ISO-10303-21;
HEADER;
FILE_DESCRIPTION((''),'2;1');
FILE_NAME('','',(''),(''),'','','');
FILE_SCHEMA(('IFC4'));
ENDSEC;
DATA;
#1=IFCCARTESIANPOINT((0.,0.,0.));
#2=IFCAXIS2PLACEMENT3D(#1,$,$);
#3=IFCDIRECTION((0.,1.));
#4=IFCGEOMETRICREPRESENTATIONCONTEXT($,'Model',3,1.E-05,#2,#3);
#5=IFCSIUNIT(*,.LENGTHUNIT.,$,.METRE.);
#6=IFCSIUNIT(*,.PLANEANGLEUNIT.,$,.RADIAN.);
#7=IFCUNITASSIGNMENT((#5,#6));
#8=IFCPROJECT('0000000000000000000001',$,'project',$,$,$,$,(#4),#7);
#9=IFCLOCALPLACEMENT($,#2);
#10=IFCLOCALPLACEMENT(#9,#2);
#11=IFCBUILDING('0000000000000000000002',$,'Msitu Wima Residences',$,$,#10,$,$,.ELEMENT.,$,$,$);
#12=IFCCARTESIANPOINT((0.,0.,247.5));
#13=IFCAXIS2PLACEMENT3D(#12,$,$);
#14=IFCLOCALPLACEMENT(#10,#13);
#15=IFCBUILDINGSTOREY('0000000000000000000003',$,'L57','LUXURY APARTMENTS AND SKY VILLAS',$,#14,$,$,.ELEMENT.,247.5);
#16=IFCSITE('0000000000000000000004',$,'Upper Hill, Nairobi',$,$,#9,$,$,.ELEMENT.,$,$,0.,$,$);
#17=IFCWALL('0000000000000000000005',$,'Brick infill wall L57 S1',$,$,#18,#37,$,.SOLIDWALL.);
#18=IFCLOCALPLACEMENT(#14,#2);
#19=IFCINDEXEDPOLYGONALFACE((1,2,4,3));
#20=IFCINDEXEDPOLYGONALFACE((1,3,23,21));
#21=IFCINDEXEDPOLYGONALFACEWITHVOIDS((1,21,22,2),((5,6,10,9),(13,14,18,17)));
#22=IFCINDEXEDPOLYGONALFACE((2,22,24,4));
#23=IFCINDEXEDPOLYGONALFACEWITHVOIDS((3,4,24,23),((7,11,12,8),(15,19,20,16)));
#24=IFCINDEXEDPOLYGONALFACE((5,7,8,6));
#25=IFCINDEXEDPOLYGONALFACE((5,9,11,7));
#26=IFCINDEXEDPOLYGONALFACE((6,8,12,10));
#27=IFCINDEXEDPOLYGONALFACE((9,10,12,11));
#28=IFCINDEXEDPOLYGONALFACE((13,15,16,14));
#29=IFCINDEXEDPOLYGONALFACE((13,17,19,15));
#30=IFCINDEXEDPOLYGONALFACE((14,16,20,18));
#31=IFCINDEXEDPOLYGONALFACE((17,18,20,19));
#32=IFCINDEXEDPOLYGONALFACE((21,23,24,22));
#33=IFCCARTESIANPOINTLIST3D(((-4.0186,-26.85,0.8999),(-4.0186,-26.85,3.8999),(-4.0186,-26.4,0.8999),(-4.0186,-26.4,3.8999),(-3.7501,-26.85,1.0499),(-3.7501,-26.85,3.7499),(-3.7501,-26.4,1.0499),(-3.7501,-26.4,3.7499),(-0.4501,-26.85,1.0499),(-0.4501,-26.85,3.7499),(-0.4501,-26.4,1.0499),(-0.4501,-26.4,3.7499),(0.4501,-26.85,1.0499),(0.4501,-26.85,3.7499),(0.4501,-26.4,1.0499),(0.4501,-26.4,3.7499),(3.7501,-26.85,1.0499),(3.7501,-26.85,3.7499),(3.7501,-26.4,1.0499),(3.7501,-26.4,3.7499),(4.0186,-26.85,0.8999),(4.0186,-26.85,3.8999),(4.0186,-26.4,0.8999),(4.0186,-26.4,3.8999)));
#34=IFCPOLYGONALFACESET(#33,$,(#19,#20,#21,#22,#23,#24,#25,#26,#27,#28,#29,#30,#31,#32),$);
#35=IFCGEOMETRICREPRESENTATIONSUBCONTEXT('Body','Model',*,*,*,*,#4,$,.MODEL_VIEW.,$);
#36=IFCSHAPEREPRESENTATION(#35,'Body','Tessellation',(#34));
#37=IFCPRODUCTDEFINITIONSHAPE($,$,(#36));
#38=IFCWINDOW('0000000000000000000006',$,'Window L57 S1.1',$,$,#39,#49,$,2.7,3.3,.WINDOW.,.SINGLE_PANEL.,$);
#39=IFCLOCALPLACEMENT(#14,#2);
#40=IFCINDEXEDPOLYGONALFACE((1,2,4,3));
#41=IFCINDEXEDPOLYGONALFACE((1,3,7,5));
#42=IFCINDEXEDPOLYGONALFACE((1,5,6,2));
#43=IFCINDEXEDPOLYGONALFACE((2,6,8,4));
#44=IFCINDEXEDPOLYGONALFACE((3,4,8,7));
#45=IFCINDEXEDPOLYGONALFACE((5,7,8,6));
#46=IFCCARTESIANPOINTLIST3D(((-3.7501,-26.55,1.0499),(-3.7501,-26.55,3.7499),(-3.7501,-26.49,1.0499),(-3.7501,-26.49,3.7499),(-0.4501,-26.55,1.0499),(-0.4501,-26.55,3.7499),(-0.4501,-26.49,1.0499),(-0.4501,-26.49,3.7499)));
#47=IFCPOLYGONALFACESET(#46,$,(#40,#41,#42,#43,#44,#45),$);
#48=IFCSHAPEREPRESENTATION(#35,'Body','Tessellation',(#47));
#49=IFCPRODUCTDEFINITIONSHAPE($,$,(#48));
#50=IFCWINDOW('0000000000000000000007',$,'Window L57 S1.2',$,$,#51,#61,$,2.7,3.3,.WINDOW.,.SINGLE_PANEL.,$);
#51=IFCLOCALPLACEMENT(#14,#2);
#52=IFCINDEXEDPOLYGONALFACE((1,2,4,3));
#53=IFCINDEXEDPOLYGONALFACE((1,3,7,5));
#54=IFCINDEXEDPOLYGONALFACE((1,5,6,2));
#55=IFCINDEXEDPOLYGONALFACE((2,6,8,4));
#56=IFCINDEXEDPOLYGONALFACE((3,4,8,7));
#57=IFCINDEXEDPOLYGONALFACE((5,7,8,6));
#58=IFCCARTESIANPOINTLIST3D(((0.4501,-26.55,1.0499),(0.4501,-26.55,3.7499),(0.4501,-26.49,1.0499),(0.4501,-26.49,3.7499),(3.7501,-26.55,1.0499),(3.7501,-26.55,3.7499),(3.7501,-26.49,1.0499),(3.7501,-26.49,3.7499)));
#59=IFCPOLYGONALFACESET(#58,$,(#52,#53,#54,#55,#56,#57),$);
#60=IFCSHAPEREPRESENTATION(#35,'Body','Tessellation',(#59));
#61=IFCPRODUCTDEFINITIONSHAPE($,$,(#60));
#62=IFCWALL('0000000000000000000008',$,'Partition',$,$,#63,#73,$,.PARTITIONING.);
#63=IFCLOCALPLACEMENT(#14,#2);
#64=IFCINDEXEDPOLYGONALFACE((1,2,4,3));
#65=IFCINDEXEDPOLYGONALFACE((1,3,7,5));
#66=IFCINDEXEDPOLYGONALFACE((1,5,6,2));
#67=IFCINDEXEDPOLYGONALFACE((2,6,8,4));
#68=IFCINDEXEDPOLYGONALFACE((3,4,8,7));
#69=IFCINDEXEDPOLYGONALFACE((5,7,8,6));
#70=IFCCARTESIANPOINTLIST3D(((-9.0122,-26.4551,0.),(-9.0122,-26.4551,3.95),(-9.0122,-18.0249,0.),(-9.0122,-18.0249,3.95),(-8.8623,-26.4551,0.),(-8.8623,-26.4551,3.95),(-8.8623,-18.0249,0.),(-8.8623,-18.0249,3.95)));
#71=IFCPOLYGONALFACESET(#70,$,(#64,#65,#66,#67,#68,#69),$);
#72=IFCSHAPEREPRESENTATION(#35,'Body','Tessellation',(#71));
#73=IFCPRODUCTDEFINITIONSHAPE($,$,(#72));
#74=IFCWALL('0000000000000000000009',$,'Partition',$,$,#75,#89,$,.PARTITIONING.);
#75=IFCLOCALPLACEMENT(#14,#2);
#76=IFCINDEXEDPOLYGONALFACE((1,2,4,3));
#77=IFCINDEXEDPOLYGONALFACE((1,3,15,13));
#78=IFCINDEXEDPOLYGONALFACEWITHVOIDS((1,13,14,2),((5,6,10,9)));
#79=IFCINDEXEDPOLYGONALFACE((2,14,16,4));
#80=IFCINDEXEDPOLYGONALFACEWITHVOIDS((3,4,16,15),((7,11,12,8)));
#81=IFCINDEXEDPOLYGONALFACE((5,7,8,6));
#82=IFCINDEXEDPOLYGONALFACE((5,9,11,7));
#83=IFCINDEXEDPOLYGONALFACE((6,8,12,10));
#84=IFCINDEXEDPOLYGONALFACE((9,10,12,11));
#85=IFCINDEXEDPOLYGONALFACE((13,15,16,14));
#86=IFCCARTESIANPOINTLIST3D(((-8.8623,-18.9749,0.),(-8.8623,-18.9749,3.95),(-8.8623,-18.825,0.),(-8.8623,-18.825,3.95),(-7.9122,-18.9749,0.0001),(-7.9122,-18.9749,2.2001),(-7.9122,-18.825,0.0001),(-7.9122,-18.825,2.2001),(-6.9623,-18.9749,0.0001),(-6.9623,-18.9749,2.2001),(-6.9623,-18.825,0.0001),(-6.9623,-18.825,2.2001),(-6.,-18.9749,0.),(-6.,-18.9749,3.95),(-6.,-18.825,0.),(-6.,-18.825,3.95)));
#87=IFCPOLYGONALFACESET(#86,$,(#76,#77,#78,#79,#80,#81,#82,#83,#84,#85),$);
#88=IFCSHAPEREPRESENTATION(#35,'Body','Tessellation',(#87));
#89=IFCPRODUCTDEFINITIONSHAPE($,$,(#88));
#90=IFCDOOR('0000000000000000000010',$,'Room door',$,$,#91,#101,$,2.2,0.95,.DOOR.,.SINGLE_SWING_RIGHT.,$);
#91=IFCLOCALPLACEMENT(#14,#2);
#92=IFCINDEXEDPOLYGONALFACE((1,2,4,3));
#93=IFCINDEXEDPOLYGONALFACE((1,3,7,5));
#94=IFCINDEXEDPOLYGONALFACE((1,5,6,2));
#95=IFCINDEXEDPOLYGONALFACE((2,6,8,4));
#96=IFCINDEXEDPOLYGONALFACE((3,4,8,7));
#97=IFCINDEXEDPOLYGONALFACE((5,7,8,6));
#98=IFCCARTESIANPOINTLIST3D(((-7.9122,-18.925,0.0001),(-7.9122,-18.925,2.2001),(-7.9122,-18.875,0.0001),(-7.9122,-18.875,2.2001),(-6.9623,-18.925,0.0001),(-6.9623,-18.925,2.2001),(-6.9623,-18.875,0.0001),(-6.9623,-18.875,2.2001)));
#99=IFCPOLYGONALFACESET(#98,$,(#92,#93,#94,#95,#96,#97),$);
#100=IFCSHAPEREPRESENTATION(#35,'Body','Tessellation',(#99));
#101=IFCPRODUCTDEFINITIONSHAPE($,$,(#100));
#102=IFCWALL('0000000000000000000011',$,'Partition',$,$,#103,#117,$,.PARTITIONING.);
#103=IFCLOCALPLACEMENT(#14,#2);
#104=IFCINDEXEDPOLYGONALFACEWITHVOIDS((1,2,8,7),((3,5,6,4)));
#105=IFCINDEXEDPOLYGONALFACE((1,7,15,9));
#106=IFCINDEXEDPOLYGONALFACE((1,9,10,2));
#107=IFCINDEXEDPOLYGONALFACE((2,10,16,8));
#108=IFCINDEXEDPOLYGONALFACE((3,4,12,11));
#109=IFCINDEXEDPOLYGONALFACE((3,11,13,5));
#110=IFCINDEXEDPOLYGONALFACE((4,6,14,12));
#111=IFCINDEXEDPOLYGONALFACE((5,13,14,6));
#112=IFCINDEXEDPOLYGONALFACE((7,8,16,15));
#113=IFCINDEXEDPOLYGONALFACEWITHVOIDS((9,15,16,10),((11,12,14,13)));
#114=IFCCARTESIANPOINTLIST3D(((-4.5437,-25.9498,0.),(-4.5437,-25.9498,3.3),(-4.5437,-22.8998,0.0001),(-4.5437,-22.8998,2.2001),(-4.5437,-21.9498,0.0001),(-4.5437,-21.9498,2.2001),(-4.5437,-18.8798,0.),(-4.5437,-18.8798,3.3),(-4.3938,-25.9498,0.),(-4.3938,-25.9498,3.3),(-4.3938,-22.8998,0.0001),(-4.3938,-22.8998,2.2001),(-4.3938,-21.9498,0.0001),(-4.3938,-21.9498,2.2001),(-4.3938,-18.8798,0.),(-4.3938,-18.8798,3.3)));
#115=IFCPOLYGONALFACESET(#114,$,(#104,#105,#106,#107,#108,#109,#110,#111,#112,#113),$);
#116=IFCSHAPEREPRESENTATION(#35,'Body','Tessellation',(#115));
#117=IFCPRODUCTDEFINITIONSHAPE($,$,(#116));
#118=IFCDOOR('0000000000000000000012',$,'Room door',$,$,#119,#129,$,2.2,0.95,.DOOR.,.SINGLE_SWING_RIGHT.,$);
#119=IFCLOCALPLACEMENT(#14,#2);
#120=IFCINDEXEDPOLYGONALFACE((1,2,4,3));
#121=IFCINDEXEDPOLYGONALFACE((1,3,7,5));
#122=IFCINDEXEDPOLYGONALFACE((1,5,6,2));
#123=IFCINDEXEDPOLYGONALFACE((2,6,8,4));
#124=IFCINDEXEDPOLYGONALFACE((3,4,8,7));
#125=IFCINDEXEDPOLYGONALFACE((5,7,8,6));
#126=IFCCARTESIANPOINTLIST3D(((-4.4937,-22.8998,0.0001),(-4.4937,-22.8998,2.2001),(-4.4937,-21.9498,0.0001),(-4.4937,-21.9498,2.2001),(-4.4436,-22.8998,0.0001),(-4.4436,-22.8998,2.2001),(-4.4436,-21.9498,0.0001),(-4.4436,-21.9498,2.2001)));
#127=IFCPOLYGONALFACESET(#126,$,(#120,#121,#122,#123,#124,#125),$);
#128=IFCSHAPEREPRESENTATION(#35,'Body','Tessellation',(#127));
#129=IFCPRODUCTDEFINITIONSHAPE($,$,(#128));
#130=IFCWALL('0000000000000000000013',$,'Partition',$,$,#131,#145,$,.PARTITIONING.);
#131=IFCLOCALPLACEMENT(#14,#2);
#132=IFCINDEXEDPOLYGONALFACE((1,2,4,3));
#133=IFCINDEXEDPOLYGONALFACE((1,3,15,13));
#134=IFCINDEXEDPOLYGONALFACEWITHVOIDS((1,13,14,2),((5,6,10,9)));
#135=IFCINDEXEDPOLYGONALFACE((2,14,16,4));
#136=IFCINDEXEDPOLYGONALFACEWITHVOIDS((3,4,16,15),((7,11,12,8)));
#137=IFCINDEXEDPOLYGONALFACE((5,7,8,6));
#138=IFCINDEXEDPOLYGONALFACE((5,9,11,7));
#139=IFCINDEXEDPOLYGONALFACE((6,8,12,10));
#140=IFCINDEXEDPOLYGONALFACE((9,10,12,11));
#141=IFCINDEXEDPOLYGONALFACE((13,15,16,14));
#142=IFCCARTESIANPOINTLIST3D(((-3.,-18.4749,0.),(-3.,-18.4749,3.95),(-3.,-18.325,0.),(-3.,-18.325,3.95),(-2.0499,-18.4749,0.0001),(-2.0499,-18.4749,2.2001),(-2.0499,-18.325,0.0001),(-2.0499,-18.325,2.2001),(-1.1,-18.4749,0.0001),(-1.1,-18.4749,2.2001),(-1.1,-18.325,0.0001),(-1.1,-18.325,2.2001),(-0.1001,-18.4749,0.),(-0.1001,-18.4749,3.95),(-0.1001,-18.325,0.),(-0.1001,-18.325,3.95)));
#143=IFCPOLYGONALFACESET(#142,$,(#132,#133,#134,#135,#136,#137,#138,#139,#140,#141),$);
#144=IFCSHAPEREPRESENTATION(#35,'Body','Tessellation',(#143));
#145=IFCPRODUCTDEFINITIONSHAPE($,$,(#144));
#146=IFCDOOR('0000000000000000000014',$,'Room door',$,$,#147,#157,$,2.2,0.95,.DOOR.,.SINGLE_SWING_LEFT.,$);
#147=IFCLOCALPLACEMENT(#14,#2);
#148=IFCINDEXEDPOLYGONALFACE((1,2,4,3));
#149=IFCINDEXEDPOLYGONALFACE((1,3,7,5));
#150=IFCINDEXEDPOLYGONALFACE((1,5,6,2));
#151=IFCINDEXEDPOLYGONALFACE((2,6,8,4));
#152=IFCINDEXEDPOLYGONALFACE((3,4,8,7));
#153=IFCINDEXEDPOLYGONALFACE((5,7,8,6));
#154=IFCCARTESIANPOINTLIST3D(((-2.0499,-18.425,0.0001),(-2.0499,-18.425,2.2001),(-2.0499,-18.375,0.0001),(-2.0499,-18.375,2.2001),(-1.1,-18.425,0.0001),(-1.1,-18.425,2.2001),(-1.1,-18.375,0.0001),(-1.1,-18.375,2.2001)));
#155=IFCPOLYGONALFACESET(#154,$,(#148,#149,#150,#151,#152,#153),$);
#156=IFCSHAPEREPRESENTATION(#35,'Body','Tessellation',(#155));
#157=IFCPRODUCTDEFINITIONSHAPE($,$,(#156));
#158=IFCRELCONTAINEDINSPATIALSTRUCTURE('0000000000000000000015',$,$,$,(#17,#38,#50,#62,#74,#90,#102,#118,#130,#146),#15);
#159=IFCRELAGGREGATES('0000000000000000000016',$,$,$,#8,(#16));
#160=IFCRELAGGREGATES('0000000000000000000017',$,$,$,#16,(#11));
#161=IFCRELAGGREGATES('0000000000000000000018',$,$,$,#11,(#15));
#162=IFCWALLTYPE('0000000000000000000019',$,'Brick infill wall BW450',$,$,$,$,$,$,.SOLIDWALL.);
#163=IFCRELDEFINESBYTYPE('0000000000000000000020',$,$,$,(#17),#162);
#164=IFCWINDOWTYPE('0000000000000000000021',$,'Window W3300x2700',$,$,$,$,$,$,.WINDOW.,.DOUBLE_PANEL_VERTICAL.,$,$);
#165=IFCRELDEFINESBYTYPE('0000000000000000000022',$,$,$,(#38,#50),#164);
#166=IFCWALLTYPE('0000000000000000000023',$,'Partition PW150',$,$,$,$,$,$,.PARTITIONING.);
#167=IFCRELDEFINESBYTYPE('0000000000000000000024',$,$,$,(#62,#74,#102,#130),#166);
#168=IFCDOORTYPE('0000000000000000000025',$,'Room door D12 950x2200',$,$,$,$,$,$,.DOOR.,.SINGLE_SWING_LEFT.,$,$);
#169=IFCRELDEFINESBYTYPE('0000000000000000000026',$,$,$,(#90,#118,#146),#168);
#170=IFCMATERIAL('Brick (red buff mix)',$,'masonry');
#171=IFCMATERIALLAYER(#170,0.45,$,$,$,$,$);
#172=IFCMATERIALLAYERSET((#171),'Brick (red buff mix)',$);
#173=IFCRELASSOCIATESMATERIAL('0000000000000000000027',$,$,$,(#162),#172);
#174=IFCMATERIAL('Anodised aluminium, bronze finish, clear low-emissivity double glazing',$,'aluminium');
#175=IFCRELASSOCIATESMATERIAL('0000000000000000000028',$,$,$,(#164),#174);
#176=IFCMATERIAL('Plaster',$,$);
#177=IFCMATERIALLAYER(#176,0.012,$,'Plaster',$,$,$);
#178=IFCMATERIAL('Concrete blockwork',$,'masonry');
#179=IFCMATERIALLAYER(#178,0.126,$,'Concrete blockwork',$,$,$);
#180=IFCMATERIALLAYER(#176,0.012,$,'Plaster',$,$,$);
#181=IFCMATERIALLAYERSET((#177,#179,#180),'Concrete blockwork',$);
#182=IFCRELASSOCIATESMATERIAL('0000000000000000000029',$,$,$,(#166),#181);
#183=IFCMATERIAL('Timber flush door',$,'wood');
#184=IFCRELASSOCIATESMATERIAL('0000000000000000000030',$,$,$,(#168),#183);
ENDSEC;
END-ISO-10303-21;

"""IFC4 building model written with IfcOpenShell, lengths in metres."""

from ifc_helpers import new_model, si_unit, direction, frame, frame_2d, origin, place, context, subcontext, project, spatial, rectangle, extrude, material, layer, layer_set, type_object, element, fill, save


model = new_model("IFC4")

# Units and contexts
model_context = context("Model", 3, precision=1e-05, world=origin(), true_north=direction((0.0, 1.0)))
body_context = subcontext(model_context, "Body", "Model", "MODEL_VIEW")
ifc_project = project(units=[si_unit("LENGTHUNIT", "METRE"), si_unit("PLANEANGLEUNIT", "RADIAN")], contexts=[model_context])

# Site, building, storey
site_placement = place(None, origin())
site = spatial("IfcSite", under=ifc_project, at=site_placement, Name="Upper Hill, Nairobi", CompositionType="ELEMENT", RefElevation=0.0)
building_placement = place(site_placement, origin())
building = spatial("IfcBuilding", under=site, at=building_placement, Name="Msitu Wima Residences", CompositionType="ELEMENT")
storey_placement = place(building_placement, frame((0.0, 0.0, 247.5)))
storey = spatial("IfcBuildingStorey", under=building, at=storey_placement, Name="L57", Description="LUXURY APARTMENTS AND SKY VILLAS", CompositionType="ELEMENT", Elevation=247.5)

# Shared definitions
ifc_material_1 = material(Name="Brick (red buff mix)", Category="masonry")
ifc_layer_1 = layer(ifc_material_1, 0.45)
ifc_layer_set_1 = layer_set([ifc_layer_1], Name="Brick (red buff mix)")
wall_type_1 = type_object("IfcWallType", Name="Brick infill wall BW450", PredefinedType="SOLIDWALL", material=ifc_layer_set_1)
ifc_material_2 = material(Name="Anodised aluminium, bronze finish, clear low-emissivity double glazing", Category="aluminium")
window_type = type_object("IfcWindowType", Name="Window W3300x2700", PartitioningType="DOUBLE_PANEL_VERTICAL", PredefinedType="WINDOW", material=ifc_material_2)

# Wall, openings, windows
wall_1_placement = place(storey_placement, frame((-4.0186, -26.625, 0.8999), z_axis=(0.0, 0.0, 1.0), x_axis=(1.0, 0.0, 0.0)))
wall_1 = element("IfcWall", 1, at=wall_1_placement, inside=storey, type_object=wall_type_1, Name="Brick infill wall L57 S1", PredefinedType="SOLIDWALL", context=body_context, shape_type="SweptSolid", body=[
    extrude(rectangle(XDim=8.0371, YDim=0.45, at=frame_2d((4.0186, 0.0))), origin(), (0.0, 0.0, 1.0), 3.0),
])
opening_1_placement = place(wall_1_placement, frame((0.2686, 0.0, 0.1499)))
opening_1 = element("IfcOpeningElement", 2, at=opening_1_placement, cuts=wall_1, PredefinedType="OPENING", context=body_context, shape_type="SweptSolid", body=[
    extrude(rectangle(XDim=3.3, YDim=2.7, at=frame_2d((1.6499, 1.3501))), frame((0.0, 0.2349, 0.0), z_axis=(0.0, -1.0, 0.0), x_axis=(1.0, 0.0, 0.0)), (0.0, 0.0, 1.0), 0.47),
])
opening_2_placement = place(wall_1_placement, frame((4.4688, 0.0, 0.1499)))
opening_2 = element("IfcOpeningElement", 3, at=opening_2_placement, cuts=wall_1, PredefinedType="OPENING", context=body_context, shape_type="SweptSolid", body=[
    extrude(rectangle(XDim=3.3, YDim=2.7, at=frame_2d((1.6499, 1.3501))), frame((0.0, 0.2349, 0.0), z_axis=(0.0, -1.0, 0.0), x_axis=(1.0, 0.0, 0.0)), (0.0, 0.0, 1.0), 0.47),
])
window_1_placement = place(opening_1_placement, origin())
window_1 = element("IfcWindow", 4, at=window_1_placement, inside=storey, type_object=window_type, Name="Window L57 S1.1", OverallHeight=2.7, OverallWidth=3.3, PartitioningType="SINGLE_PANEL", PredefinedType="WINDOW", context=body_context, shape_type="SweptSolid", body=[
    extrude(rectangle(XDim=3.3, YDim=2.7, at=frame_2d((1.6499, 1.3501))), frame((0.0, 0.135, 0.0), z_axis=(0.0, -1.0, 0.0), x_axis=(1.0, 0.0, 0.0)), (0.0, 0.0, 1.0), 0.0601),
])
fill(opening_1, window_1)
window_2_placement = place(opening_2_placement, origin())
window_2 = element("IfcWindow", 5, at=window_2_placement, inside=storey, type_object=window_type, Name="Window L57 S1.2", OverallHeight=2.7, OverallWidth=3.3, PartitioningType="SINGLE_PANEL", PredefinedType="WINDOW", context=body_context, shape_type="SweptSolid", body=[
    extrude(rectangle(XDim=3.3, YDim=2.7, at=frame_2d((1.6499, 1.3501))), frame((0.0, 0.135, 0.0), z_axis=(0.0, -1.0, 0.0), x_axis=(1.0, 0.0, 0.0)), (0.0, 0.0, 1.0), 0.0601),
])
fill(opening_2, window_2)

# Wall
ifc_material_3 = material(Name="Plaster")
ifc_layer_2 = layer(ifc_material_3, 0.012, Name="Plaster")
ifc_material_4 = material(Name="Concrete blockwork", Category="masonry")
ifc_layer_3 = layer(ifc_material_4, 0.126, Name="Concrete blockwork")
ifc_layer_4 = layer(ifc_material_3, 0.012, Name="Plaster")
ifc_layer_set_2 = layer_set([ifc_layer_2, ifc_layer_3, ifc_layer_4], Name="Concrete blockwork")
wall_type_2 = type_object("IfcWallType", Name="Partition PW150", PredefinedType="PARTITIONING", material=ifc_layer_set_2)
wall_2_placement = place(storey_placement, frame((-8.9373, -26.4551, 0.0), z_axis=(0.0, 0.0, 1.0), x_axis=(0.0, 1.0, 0.0)))
element("IfcWall", 6, at=wall_2_placement, inside=storey, type_object=wall_type_2, Name="Partition", PredefinedType="PARTITIONING", context=body_context, shape_type="SweptSolid", body=[
    extrude(rectangle(XDim=8.4302, YDim=0.1499, at=frame_2d((4.2151, 0.0))), origin(), (0.0, 0.0, 1.0), 3.95),
])

# Walls, openings, doors
wall_3_placement = place(storey_placement, frame((-8.8623, -18.8999, 0.0), z_axis=(0.0, 0.0, 1.0), x_axis=(1.0, 0.0, 0.0)))
wall_3 = element("IfcWall", 7, at=wall_3_placement, inside=storey, type_object=wall_type_2, Name="Partition", PredefinedType="PARTITIONING", context=body_context, shape_type="SweptSolid", body=[
    extrude(rectangle(XDim=2.8623, YDim=0.1499, at=frame_2d((1.4312, 0.0))), origin(), (0.0, 0.0, 1.0), 3.95),
])
opening_3_placement = place(wall_3_placement, frame((0.95, 0.0, 0.0)))
opening_3 = element("IfcOpeningElement", 8, at=opening_3_placement, cuts=wall_3, PredefinedType="OPENING", context=body_context, shape_type="SweptSolid", body=[
    extrude(rectangle(XDim=0.95, YDim=2.2, at=frame_2d((0.4751, 1.1001))), frame((0.0, 0.085, 0.0), z_axis=(0.0, -1.0, 0.0), x_axis=(1.0, 0.0, 0.0)), (0.0, 0.0, 1.0), 0.1699),
])
ifc_material_5 = material(Name="Timber flush door", Category="wood")
door_type_1 = type_object("IfcDoorType", Name="Room door D12 950x2200", OperationType="SINGLE_SWING_LEFT", PredefinedType="DOOR", material=ifc_material_5)
door_1_placement = place(opening_3_placement, origin())
door_1 = element("IfcDoor", 9, at=door_1_placement, inside=storey, type_object=door_type_1, Name="Room door", OperationType="SINGLE_SWING_RIGHT", OverallHeight=2.2, OverallWidth=0.95, PredefinedType="DOOR", context=body_context, shape_type="SweptSolid", body=[
    extrude(rectangle(XDim=0.95, YDim=2.2, at=frame_2d((0.4751, 1.1001))), frame((0.0, 0.0249, 0.0), z_axis=(0.0, -1.0, 0.0), x_axis=(1.0, 0.0, 0.0)), (0.0, 0.0, 1.0), 0.05),
])
fill(opening_3, door_1)
wall_4_placement = place(storey_placement, frame((-4.4688, -25.95, 0.0), z_axis=(0.0, 0.0, 1.0), x_axis=(0.0, 1.0, 0.0)))
wall_4 = element("IfcWall", 10, at=wall_4_placement, inside=storey, type_object=wall_type_2, Name="Partition", PredefinedType="PARTITIONING", context=body_context, shape_type="SweptSolid", body=[
    extrude(rectangle(XDim=7.0701, YDim=0.1499, at=frame_2d((3.5352, 0.0))), origin(), (0.0, 0.0, 1.0), 3.3),
])
opening_4_placement = place(wall_4_placement, frame((3.05, 0.0, 0.0)))
opening_4 = element("IfcOpeningElement", 11, at=opening_4_placement, cuts=wall_4, PredefinedType="OPENING", context=body_context, shape_type="SweptSolid", body=[
    extrude(rectangle(XDim=0.95, YDim=2.2, at=frame_2d((0.4751, 1.1001))), frame((0.0, 0.085, 0.0), z_axis=(0.0, -1.0, 0.0), x_axis=(1.0, 0.0, 0.0)), (0.0, 0.0, 1.0), 0.1699),
])
door_2_placement = place(opening_4_placement, origin())
door_2 = element("IfcDoor", 12, at=door_2_placement, inside=storey, type_object=door_type_1, Name="Room door", OperationType="SINGLE_SWING_RIGHT", OverallHeight=2.2, OverallWidth=0.95, PredefinedType="DOOR", context=body_context, shape_type="SweptSolid", body=[
    extrude(rectangle(XDim=0.95, YDim=2.2, at=frame_2d((0.4751, 1.1001))), frame((0.0, 0.0249, 0.0), z_axis=(0.0, -1.0, 0.0), x_axis=(1.0, 0.0, 0.0)), (0.0, 0.0, 1.0), 0.05),
])
fill(opening_4, door_2)
wall_5_placement = place(storey_placement, frame((-3.0, -18.3999, 0.0), z_axis=(0.0, 0.0, 1.0), x_axis=(1.0, 0.0, 0.0)))
wall_5 = element("IfcWall", 13, at=wall_5_placement, inside=storey, type_object=wall_type_2, Name="Partition", PredefinedType="PARTITIONING", context=body_context, shape_type="SweptSolid", body=[
    extrude(rectangle(XDim=2.8999, YDim=0.1499, at=frame_2d((1.45, 0.0))), origin(), (0.0, 0.0, 1.0), 3.95),
])
opening_5_placement = place(wall_5_placement, frame((0.95, 0.0, 0.0)))
opening_5 = element("IfcOpeningElement", 14, at=opening_5_placement, cuts=wall_5, PredefinedType="OPENING", context=body_context, shape_type="SweptSolid", body=[
    extrude(rectangle(XDim=0.95, YDim=2.2, at=frame_2d((0.4751, 1.1001))), frame((0.0, 0.085, 0.0), z_axis=(0.0, -1.0, 0.0), x_axis=(1.0, 0.0, 0.0)), (0.0, 0.0, 1.0), 0.1699),
])
door_3_placement = place(opening_5_placement, origin())
door_3 = element("IfcDoor", 15, at=door_3_placement, inside=storey, type_object=door_type_1, Name="Room door", OperationType="SINGLE_SWING_LEFT", OverallHeight=2.2, OverallWidth=0.95, PredefinedType="DOOR", context=body_context, shape_type="SweptSolid", body=[
    extrude(rectangle(XDim=0.95, YDim=2.2, at=frame_2d((0.4751, 1.1001))), frame((0.0, 0.0249, 0.0), z_axis=(0.0, -1.0, 0.0), x_axis=(1.0, 0.0, 0.0)), (0.0, 0.0, 1.0), 0.05),
])
fill(opening_5, door_3)

save(model, "model.ifc")
